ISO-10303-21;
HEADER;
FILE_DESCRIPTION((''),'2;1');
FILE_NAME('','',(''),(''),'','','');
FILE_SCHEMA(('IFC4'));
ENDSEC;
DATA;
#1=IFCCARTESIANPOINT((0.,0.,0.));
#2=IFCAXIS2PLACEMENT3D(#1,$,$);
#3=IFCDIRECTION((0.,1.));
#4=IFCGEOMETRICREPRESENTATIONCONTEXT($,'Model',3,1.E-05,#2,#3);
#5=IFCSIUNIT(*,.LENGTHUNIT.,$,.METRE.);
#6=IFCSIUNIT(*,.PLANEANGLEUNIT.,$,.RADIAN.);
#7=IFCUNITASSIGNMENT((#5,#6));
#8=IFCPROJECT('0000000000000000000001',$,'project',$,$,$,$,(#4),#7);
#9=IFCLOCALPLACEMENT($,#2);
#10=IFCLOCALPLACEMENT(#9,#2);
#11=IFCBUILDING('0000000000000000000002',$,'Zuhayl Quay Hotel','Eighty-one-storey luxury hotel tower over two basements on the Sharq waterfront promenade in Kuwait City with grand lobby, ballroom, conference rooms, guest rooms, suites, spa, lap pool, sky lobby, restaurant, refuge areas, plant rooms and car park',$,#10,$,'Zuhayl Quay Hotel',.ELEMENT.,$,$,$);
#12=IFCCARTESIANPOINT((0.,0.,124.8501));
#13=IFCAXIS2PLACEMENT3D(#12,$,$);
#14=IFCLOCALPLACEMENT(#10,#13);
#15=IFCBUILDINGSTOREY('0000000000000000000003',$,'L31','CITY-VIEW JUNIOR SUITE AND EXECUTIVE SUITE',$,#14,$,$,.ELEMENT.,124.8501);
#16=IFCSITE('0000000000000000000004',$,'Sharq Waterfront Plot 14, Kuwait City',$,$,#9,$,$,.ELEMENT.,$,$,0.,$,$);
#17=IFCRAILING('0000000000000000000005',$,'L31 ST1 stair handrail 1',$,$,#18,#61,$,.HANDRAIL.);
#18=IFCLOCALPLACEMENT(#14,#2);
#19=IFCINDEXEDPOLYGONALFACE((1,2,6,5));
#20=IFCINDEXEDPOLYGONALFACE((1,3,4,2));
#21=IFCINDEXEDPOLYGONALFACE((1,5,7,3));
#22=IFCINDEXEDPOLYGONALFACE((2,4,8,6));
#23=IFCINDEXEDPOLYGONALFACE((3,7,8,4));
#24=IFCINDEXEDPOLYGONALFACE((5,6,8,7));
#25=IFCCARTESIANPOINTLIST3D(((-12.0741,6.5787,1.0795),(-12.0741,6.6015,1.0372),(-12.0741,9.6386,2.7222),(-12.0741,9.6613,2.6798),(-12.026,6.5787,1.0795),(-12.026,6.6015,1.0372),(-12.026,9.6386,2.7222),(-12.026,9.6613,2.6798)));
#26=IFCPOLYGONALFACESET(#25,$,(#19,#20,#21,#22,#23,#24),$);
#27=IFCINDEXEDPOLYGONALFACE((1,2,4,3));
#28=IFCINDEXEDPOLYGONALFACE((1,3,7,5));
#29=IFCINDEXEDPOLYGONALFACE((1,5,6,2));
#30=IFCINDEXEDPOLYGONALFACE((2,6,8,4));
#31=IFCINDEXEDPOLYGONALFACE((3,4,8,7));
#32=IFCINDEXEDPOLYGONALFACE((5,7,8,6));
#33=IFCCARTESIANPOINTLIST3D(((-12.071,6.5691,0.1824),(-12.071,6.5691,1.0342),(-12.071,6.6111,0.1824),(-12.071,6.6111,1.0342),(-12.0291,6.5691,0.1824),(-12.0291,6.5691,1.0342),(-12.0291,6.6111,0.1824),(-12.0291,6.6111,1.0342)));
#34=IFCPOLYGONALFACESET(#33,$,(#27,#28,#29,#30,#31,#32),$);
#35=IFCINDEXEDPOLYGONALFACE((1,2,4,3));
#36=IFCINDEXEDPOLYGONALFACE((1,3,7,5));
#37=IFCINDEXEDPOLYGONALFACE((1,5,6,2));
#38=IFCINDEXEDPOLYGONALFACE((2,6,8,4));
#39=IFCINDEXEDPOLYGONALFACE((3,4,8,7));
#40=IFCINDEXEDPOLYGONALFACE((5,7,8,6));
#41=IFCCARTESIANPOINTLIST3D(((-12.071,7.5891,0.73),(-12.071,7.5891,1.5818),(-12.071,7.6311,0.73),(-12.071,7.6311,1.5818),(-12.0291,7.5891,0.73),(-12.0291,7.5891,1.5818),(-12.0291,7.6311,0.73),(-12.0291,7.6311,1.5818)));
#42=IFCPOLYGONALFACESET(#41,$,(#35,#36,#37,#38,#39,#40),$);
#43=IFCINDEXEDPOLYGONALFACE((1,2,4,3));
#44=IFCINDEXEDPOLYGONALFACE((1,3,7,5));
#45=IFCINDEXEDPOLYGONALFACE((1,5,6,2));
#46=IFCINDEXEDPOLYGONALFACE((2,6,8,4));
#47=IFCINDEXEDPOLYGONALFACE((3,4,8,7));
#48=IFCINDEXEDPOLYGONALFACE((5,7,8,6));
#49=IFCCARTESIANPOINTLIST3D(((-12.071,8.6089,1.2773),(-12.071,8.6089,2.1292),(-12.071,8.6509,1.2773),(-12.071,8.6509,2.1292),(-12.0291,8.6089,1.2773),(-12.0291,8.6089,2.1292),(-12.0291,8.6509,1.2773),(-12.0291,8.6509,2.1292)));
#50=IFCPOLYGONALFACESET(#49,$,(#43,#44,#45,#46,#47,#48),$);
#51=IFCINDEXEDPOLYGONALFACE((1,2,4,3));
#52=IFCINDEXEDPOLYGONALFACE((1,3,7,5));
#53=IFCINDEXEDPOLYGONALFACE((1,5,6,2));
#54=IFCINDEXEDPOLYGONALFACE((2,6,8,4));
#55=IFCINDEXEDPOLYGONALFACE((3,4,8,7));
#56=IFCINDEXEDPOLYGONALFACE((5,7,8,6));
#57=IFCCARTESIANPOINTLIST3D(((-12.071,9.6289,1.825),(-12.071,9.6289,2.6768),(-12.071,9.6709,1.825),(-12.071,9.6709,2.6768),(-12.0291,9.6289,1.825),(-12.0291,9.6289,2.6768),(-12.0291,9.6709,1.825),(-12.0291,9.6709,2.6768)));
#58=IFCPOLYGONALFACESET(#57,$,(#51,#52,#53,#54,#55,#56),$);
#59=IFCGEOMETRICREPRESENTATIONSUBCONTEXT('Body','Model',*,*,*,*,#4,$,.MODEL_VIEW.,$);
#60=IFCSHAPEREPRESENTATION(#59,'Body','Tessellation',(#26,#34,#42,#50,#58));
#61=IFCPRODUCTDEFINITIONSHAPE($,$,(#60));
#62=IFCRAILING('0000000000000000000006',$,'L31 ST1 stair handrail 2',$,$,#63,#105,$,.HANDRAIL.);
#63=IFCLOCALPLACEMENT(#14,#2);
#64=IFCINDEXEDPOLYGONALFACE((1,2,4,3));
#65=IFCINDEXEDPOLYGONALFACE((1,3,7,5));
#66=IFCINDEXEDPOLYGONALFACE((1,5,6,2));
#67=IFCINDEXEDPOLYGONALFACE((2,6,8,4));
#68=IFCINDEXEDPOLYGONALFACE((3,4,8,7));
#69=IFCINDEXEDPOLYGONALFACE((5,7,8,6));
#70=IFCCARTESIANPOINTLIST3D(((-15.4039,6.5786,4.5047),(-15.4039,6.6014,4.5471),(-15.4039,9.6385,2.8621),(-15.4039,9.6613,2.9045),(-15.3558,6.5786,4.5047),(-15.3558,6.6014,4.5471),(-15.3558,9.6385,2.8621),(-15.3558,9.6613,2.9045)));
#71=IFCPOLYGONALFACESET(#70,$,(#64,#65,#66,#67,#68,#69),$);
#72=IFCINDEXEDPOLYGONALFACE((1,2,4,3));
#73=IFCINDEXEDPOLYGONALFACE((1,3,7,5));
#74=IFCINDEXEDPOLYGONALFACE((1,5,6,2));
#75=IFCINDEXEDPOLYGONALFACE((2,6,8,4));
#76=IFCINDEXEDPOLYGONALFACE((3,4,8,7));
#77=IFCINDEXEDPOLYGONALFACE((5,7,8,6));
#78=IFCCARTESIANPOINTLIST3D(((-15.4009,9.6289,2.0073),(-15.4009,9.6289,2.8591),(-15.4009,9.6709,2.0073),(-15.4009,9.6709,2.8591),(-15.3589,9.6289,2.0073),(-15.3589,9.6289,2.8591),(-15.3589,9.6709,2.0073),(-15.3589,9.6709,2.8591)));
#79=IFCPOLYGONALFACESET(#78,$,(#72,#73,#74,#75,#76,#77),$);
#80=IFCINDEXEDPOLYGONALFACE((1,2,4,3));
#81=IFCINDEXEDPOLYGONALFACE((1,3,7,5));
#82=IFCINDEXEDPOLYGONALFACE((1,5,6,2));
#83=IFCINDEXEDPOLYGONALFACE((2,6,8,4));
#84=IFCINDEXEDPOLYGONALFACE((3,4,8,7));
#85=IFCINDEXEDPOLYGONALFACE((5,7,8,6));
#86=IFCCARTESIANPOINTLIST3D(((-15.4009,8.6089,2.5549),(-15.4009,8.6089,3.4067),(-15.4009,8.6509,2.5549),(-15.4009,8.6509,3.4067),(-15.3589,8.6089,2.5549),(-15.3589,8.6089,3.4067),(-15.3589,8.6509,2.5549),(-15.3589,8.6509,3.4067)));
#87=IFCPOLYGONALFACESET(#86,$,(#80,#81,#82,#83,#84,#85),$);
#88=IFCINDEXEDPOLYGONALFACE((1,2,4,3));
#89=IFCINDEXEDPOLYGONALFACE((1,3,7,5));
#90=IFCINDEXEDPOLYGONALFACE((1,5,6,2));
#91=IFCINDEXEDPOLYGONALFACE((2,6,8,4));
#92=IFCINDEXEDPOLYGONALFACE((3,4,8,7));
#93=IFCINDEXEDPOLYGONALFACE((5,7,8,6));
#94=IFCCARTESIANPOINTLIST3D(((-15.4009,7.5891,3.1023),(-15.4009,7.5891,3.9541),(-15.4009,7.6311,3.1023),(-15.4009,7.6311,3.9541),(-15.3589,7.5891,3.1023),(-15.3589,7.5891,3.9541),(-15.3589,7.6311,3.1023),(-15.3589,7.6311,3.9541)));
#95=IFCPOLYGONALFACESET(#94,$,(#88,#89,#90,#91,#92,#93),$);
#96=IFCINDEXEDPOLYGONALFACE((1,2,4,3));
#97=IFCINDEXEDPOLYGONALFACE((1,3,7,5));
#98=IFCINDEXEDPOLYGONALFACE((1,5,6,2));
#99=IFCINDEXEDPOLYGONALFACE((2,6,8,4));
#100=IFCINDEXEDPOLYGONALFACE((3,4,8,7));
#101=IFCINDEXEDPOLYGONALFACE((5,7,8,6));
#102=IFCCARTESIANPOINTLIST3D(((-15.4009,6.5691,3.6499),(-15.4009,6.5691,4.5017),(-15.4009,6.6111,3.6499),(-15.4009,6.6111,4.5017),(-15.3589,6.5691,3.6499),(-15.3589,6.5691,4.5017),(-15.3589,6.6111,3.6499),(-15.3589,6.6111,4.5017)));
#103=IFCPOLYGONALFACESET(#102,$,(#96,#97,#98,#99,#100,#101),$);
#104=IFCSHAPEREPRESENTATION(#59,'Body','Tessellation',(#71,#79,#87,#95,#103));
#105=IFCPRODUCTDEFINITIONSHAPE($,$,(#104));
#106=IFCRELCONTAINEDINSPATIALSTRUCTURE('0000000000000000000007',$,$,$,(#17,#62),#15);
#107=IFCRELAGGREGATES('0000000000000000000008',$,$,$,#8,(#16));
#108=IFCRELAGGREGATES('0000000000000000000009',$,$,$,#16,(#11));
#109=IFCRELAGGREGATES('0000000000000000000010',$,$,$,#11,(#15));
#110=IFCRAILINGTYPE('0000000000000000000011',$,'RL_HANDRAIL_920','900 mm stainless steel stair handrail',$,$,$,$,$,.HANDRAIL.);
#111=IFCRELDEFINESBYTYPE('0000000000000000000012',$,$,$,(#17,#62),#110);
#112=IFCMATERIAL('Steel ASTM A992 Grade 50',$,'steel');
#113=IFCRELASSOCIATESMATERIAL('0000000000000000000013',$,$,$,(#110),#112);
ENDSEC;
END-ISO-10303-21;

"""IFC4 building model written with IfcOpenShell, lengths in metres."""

from ifc_helpers import new_model, si_unit, direction, frame, origin, origin_2d, place, context, subcontext, project, spatial, rectangle, extrude, material, type_object, element, save


model = new_model("IFC4")

# Units and contexts
model_context = context("Model", 3, precision=1e-05, world=origin(), true_north=direction((0.0, 1.0)))
body_context = subcontext(model_context, "Body", "Model", "MODEL_VIEW")
ifc_project = project(units=[si_unit("LENGTHUNIT", "METRE"), si_unit("PLANEANGLEUNIT", "RADIAN")], contexts=[model_context])

# Site, building, storey
site_placement = place(None, origin())
site = spatial("IfcSite", under=ifc_project, at=site_placement, Name="Sharq Waterfront Plot 14, Kuwait City", CompositionType="ELEMENT", RefElevation=0.0)
building_placement = place(site_placement, origin())
building = spatial("IfcBuilding", under=site, at=building_placement, Name="Zuhayl Quay Hotel", Description="Eighty-one-storey luxury hotel tower over two basements on the Sharq waterfront promenade in Kuwait City with grand lobby, ballroom, conference rooms, guest rooms, suites, spa, lap pool, sky lobby, restaurant, refuge areas, plant rooms and car park", LongName="Zuhayl Quay Hotel", CompositionType="ELEMENT")
storey_placement = place(building_placement, frame((0.0, 0.0, 124.8501)))
storey = spatial("IfcBuildingStorey", under=building, at=storey_placement, Name="L31", Description="CITY-VIEW JUNIOR SUITE AND EXECUTIVE SUITE", CompositionType="ELEMENT", Elevation=124.8501)

# Shared definitions
ifc_material_1 = material(Name="Steel ASTM A992 Grade 50", Category="steel")

# Railings
railing_type_1 = type_object("IfcRailingType", Name="RL_HANDRAIL_920", Description="900 mm stainless steel stair handrail", PredefinedType="HANDRAIL", material=ifc_material_1)
railing_1_placement = place(storey_placement, frame((-12.05, 6.5901, 0.1824)))
element("IfcRailing", 1, at=railing_1_placement, inside=storey, type_object=railing_type_1, Name="L31 ST1 stair handrail 1", PredefinedType="HANDRAIL", context=body_context, shape_type="SweptSolid", body=[
    extrude(rectangle(XDim=0.0481, YDim=0.0481, at=origin_2d()), frame((0.0, 0.0, 0.876), z_axis=(0.0, 0.881073, 0.47298), x_axis=(-1.0, 0.0, 0.0)), (0.0, 0.0, 1.0), 3.4729),
    extrude(rectangle(XDim=0.042, YDim=0.042, at=origin_2d()), origin(), (0.0, 0.0, 1.0), 0.8518),
    extrude(rectangle(XDim=0.042, YDim=0.042, at=origin_2d()), frame((0.0, 1.02, 0.5476)), (0.0, 0.0, 1.0), 0.8518),
    extrude(rectangle(XDim=0.042, YDim=0.042, at=origin_2d()), frame((0.0, 2.0398, 1.095)), (0.0, 0.0, 1.0), 0.8518),
    extrude(rectangle(XDim=0.042, YDim=0.042, at=origin_2d()), frame((0.0, 3.0598, 1.6426)), (0.0, 0.0, 1.0), 0.8518),
])
railing_2_placement = place(storey_placement, frame((-15.3799, 9.6499, 2.0073)))
element("IfcRailing", 2, at=railing_2_placement, inside=storey, type_object=railing_type_1, Name="L31 ST1 stair handrail 2", PredefinedType="HANDRAIL", context=body_context, shape_type="SweptSolid", body=[
    extrude(rectangle(XDim=0.0481, YDim=0.0481, at=origin_2d()), frame((0.0, 0.0, 0.876), z_axis=(0.0, -0.881073, 0.47298), x_axis=(1.0, 0.0, 0.0)), (0.0, 0.0, 1.0), 3.4729),
    extrude(rectangle(XDim=0.042, YDim=0.042, at=origin_2d()), origin(), (0.0, 0.0, 1.0), 0.8518),
    extrude(rectangle(XDim=0.042, YDim=0.042, at=origin_2d()), frame((0.0, -1.02, 0.5476)), (0.0, 0.0, 1.0), 0.8518),
    extrude(rectangle(XDim=0.042, YDim=0.042, at=origin_2d()), frame((0.0, -2.0398, 1.095)), (0.0, 0.0, 1.0), 0.8518),
    extrude(rectangle(XDim=0.042, YDim=0.042, at=origin_2d()), frame((0.0, -3.0598, 1.6426)), (0.0, 0.0, 1.0), 0.8518),
])

save(model, "model.ifc")
